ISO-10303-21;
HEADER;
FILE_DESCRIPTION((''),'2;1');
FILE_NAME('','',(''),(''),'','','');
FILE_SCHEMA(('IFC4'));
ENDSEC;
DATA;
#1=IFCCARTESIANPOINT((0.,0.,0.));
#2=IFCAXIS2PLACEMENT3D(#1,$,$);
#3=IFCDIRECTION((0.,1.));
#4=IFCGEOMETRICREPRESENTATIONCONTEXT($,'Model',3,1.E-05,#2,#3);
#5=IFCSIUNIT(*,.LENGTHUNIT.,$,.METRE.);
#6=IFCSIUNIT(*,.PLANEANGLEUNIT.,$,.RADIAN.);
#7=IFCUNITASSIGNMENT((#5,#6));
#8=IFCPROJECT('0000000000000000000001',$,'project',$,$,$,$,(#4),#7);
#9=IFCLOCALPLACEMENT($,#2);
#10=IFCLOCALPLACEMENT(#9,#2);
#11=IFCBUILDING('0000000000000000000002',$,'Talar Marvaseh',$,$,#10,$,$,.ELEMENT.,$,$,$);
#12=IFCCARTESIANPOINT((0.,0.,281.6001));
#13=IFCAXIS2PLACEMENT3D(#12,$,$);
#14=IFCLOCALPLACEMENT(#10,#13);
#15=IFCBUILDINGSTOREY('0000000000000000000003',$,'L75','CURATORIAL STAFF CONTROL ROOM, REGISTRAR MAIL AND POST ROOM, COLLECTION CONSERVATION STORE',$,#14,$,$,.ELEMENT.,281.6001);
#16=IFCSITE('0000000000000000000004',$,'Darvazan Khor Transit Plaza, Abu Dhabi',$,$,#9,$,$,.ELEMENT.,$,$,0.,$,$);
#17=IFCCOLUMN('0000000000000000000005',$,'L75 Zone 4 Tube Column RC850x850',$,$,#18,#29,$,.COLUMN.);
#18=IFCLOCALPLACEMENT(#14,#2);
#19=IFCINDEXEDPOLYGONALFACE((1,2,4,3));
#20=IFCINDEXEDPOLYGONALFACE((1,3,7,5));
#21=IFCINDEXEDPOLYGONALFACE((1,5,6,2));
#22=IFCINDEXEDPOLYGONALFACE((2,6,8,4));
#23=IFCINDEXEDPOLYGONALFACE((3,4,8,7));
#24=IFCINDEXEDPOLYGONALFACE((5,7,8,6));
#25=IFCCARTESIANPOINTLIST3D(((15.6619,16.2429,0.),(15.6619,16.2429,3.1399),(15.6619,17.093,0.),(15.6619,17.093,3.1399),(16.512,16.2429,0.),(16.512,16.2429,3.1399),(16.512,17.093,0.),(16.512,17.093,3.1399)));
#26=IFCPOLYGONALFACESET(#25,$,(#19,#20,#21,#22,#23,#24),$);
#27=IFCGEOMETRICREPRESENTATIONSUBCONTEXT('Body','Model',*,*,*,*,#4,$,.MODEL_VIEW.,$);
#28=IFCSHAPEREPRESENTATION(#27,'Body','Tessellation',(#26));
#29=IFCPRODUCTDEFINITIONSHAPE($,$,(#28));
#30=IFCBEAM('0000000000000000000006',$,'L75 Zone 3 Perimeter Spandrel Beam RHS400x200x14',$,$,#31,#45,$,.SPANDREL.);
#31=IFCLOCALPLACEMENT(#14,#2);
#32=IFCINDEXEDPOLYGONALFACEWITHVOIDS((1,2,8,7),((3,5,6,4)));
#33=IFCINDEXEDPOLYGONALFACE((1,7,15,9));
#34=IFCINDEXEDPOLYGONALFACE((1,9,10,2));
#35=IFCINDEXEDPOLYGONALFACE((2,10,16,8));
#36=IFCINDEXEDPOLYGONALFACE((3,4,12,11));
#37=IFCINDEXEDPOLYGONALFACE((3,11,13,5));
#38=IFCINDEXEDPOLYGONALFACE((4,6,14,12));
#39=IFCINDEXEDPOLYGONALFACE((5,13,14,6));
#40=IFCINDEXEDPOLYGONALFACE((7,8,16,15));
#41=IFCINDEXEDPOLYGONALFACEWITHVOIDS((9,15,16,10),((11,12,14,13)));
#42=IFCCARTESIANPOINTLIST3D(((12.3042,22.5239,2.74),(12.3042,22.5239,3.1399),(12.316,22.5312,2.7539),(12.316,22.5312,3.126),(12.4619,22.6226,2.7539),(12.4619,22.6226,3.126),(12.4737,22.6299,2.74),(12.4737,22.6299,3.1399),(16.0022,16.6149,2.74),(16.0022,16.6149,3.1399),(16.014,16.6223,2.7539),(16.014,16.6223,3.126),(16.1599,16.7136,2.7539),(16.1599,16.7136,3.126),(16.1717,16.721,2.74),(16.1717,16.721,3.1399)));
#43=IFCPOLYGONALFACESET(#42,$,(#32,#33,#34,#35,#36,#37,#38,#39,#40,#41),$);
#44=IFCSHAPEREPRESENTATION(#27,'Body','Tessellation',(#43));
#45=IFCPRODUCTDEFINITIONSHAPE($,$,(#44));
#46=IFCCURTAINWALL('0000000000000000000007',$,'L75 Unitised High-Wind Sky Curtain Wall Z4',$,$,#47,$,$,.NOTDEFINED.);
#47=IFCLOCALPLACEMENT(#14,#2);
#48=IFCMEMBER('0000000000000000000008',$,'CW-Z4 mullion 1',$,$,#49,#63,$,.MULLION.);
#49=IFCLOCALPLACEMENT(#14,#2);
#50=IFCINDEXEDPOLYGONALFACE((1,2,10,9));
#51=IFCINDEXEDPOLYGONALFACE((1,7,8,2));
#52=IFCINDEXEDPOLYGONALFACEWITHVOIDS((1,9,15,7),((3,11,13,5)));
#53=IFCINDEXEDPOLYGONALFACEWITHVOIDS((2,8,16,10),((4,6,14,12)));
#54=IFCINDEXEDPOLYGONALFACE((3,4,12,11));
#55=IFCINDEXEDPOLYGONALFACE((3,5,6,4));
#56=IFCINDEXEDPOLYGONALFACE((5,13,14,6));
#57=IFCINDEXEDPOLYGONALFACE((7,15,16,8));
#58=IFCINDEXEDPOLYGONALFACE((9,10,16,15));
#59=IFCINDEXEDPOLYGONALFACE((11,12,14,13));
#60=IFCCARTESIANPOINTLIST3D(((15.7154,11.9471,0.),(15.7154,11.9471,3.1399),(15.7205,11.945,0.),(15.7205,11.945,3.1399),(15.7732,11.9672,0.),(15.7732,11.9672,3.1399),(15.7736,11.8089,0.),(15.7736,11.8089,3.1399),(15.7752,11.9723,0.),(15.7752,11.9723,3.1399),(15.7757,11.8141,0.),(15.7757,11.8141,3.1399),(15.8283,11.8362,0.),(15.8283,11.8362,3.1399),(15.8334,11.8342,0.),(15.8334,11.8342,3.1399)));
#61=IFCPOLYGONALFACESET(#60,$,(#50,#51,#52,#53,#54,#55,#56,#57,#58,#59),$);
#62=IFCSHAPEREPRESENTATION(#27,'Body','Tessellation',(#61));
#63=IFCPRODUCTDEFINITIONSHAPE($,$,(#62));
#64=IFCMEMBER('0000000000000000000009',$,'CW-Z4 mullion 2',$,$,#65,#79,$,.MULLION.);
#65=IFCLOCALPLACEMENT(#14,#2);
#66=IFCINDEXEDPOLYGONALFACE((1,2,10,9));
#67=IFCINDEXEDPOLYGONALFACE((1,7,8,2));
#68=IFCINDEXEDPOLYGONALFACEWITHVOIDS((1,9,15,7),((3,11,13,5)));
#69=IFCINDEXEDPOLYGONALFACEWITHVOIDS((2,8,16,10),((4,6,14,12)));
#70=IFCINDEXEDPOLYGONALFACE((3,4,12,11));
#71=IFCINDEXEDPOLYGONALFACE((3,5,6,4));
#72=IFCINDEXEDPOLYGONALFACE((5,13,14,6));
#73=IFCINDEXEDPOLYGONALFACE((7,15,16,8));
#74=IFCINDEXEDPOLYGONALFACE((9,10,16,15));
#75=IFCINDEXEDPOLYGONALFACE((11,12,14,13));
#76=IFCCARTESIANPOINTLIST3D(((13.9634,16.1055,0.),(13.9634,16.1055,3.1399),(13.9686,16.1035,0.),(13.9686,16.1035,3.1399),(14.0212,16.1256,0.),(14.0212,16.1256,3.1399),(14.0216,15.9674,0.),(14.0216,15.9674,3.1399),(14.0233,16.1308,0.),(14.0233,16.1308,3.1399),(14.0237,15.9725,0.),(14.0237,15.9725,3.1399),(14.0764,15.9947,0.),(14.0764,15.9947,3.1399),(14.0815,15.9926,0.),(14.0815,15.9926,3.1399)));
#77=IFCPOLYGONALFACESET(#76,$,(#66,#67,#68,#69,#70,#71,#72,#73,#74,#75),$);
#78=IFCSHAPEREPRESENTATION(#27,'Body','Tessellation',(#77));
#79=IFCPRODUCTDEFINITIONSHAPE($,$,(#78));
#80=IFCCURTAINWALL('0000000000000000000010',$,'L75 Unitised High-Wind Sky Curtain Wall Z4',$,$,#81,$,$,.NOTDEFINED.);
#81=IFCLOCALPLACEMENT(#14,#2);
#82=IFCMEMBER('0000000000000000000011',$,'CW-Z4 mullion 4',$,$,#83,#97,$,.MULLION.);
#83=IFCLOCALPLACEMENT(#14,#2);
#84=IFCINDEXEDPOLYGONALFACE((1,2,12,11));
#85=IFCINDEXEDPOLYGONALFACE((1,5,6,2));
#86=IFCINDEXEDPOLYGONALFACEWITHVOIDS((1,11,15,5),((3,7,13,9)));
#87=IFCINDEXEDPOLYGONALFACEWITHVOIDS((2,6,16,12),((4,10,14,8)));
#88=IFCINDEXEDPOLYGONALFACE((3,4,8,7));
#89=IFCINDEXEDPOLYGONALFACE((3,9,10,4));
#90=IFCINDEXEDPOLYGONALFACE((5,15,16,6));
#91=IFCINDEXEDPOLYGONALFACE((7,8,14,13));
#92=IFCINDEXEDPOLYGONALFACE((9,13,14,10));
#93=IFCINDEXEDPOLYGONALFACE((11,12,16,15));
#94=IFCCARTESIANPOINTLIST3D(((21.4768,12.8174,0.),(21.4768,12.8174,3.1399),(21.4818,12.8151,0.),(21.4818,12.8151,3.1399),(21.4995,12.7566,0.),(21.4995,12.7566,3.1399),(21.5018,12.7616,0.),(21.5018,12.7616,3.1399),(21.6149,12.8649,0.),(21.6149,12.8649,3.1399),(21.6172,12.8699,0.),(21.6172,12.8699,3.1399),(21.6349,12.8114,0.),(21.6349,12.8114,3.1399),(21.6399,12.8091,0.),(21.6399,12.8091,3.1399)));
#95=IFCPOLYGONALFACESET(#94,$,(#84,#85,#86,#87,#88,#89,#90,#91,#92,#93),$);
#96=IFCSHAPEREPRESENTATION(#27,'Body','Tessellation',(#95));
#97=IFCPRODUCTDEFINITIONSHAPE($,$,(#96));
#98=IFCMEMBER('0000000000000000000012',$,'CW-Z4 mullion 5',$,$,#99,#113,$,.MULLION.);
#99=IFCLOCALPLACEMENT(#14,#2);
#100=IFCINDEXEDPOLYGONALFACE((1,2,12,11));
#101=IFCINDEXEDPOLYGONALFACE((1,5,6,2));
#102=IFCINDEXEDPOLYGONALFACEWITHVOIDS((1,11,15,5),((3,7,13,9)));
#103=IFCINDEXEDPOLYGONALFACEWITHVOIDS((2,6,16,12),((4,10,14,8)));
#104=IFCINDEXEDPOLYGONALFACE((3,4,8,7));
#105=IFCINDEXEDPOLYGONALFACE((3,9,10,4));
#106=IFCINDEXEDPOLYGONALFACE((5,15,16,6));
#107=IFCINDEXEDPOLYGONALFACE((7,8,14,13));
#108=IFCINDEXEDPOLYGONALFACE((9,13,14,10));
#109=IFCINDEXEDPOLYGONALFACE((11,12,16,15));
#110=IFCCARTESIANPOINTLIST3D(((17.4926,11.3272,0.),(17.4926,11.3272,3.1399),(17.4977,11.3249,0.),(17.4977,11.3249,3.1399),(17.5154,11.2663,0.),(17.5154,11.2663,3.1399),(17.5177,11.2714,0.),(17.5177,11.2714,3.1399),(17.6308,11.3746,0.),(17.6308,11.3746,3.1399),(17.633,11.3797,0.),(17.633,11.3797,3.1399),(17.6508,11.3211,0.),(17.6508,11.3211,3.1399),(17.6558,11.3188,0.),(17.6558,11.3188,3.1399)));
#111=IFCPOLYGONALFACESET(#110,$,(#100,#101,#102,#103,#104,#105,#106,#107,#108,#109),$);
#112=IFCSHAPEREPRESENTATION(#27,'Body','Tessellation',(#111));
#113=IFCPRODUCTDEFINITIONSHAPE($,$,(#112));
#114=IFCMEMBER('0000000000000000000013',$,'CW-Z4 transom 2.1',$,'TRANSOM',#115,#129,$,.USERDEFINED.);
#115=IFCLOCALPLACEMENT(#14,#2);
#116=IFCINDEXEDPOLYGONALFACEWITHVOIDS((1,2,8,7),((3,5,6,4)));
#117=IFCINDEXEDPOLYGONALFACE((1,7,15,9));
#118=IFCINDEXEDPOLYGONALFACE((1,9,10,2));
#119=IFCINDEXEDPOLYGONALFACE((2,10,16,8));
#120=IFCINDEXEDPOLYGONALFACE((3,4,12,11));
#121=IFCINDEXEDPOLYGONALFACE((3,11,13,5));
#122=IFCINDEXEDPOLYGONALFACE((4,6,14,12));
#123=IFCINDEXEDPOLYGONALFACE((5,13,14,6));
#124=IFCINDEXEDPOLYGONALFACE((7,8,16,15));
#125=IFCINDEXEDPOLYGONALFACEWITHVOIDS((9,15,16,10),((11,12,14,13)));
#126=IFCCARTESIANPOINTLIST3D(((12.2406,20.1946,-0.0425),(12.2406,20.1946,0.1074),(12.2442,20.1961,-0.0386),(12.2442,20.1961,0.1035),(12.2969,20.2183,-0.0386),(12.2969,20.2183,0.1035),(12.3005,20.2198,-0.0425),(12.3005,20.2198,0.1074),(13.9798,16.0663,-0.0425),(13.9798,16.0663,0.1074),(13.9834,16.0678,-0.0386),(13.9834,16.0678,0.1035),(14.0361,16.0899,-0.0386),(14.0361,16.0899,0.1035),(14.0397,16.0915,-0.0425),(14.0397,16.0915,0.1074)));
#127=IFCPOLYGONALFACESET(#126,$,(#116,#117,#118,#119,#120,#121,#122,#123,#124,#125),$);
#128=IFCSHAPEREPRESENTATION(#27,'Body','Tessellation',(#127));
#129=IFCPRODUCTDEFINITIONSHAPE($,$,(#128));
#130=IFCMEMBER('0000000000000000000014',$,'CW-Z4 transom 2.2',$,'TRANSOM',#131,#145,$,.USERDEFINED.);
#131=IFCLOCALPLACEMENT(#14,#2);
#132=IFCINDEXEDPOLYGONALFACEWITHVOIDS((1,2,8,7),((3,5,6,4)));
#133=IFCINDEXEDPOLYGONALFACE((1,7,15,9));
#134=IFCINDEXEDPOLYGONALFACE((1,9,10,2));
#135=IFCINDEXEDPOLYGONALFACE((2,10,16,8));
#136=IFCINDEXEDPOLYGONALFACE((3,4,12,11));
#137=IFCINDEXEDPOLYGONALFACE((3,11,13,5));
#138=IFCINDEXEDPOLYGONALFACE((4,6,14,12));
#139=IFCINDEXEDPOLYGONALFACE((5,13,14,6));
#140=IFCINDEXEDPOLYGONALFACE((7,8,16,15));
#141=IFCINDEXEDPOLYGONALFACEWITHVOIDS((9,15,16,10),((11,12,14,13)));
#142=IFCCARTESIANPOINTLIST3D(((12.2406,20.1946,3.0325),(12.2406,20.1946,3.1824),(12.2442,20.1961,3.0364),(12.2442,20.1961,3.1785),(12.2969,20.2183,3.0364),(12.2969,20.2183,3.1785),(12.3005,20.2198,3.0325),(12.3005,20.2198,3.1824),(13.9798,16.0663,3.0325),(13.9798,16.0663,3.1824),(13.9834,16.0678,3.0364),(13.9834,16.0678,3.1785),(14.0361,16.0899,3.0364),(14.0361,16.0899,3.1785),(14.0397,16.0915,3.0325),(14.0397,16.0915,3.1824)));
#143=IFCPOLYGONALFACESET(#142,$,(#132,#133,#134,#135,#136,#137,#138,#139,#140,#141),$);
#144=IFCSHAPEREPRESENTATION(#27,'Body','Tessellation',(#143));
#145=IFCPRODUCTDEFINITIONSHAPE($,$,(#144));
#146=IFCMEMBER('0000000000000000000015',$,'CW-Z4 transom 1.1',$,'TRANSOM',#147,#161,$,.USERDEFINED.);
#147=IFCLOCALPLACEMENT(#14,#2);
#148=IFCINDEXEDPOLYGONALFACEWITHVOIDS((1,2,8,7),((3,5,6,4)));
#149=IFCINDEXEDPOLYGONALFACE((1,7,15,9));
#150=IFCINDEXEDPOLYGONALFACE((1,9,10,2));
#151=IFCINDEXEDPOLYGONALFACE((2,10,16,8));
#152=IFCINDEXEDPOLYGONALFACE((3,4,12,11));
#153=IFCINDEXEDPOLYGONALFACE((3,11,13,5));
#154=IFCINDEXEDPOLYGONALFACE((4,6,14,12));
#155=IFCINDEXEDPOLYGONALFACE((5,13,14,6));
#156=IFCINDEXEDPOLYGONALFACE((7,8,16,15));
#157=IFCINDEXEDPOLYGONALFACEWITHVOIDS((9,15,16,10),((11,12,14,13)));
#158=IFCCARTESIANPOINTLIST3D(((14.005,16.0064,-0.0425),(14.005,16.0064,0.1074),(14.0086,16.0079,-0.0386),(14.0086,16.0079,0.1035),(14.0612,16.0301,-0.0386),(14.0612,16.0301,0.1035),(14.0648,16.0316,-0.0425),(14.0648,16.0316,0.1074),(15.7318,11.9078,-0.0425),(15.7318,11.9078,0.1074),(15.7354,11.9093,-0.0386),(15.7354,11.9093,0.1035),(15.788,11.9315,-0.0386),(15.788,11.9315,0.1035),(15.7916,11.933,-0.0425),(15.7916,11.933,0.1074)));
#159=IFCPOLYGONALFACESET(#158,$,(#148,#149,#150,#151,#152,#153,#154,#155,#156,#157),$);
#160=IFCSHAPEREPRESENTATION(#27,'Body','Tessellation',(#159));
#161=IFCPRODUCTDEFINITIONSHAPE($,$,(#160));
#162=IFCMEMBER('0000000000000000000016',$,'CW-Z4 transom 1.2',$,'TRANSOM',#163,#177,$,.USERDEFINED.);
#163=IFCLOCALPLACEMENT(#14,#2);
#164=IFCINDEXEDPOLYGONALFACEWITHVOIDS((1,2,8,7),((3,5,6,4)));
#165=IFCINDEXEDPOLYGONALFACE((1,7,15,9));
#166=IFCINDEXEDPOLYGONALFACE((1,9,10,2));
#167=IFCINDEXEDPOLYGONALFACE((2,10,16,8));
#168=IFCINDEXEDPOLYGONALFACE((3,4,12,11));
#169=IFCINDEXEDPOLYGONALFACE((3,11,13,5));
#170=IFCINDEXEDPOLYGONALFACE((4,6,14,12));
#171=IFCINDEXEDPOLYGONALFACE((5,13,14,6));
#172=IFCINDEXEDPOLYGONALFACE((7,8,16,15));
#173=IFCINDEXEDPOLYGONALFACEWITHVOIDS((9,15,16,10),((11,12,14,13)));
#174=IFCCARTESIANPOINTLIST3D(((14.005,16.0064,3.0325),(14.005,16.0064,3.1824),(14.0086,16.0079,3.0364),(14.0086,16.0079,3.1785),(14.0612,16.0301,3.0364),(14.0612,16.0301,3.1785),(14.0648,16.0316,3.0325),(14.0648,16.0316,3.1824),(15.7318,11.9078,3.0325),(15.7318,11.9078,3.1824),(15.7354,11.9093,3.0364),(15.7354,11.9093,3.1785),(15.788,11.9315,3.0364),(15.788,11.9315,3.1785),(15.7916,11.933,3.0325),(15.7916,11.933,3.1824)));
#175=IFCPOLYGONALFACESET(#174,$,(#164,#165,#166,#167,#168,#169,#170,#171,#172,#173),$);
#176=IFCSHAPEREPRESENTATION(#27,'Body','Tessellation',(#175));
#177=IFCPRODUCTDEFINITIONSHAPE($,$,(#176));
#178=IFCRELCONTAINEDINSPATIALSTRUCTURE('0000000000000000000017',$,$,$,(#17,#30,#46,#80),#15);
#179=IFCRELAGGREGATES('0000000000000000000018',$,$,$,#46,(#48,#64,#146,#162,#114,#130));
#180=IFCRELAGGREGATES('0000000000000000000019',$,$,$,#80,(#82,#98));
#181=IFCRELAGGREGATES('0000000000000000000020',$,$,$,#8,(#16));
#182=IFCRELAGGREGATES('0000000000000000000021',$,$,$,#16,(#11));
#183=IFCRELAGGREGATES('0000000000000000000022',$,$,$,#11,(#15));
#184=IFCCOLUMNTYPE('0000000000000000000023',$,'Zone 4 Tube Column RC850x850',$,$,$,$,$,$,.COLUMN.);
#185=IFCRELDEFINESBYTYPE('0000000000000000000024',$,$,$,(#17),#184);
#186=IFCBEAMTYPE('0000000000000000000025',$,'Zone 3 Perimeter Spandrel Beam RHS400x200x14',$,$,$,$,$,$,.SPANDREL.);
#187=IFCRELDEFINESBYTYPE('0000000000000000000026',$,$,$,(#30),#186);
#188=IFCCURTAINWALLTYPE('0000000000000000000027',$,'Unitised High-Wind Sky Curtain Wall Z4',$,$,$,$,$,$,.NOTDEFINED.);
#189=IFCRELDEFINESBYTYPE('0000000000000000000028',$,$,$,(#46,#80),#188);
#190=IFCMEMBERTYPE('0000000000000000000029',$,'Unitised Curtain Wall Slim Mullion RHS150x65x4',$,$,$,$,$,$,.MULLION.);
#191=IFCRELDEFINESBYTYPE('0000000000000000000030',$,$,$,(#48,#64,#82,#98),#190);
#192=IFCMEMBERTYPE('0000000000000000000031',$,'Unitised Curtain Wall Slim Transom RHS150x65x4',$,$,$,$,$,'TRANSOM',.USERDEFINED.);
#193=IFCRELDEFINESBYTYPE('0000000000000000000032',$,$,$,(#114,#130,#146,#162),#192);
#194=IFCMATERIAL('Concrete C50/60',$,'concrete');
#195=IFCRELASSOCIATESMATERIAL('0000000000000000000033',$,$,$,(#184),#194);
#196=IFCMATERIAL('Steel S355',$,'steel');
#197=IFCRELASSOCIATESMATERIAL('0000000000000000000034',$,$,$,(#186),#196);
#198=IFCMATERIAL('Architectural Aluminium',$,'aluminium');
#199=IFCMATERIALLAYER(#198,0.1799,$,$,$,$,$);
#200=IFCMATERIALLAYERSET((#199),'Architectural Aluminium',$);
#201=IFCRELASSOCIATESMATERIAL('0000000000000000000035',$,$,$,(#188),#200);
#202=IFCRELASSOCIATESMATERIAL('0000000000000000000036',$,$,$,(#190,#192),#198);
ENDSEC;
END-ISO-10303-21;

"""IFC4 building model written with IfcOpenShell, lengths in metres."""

from ifc_helpers import new_model, si_unit, direction, frame, origin, origin_2d, place, context, subcontext, project, spatial, rectangle, hollow_rectangle, extrude, source, transform, mapped, material, layer, layer_set, material_profile, profile_set, type_object, type_shapes, element, aggregate, save


model = new_model("IFC4")

# Units and contexts
model_context = context("Model", 3, precision=1e-05, world=origin(), true_north=direction((0.0, 1.0)))
body_context = subcontext(model_context, "Body", "Model", "MODEL_VIEW")
ifc_project = project(units=[si_unit("LENGTHUNIT", "METRE"), si_unit("PLANEANGLEUNIT", "RADIAN")], contexts=[model_context])

# Site, building, storey
site_placement = place(None, origin())
site = spatial("IfcSite", under=ifc_project, at=site_placement, Name="Darvazan Khor Transit Plaza, Abu Dhabi", CompositionType="ELEMENT", RefElevation=0.0)
building_placement = place(site_placement, origin())
building = spatial("IfcBuilding", under=site, at=building_placement, Name="Talar Marvaseh", CompositionType="ELEMENT")
storey_placement = place(building_placement, frame((0.0, 0.0, 281.6001)))
storey = spatial("IfcBuildingStorey", under=building, at=storey_placement, Name="L75", Description="CURATORIAL STAFF CONTROL ROOM, REGISTRAR MAIL AND POST ROOM, COLLECTION CONSERVATION STORE", CompositionType="ELEMENT", Elevation=281.6001)

# Column
ifc_material_1 = material(Name="Concrete C50/60", Category="concrete")
ifc_material_profile_1 = material_profile(ifc_material_1, rectangle(XDim=0.8501, YDim=0.8501, at=origin_2d()), Name="RC850x850")
ifc_profile_set_1 = profile_set([ifc_material_profile_1], Name="Concrete C50/60")
column_type = type_object("IfcColumnType", Name="Zone 4 Tube Column RC850x850", PredefinedType="COLUMN", material=ifc_profile_set_1)
column_placement = place(storey_placement, frame((16.0869, 16.668, 0.0), z_axis=(0.0, 0.0, 1.0), x_axis=(1.0, 0.0, 0.0)))
element("IfcColumn", 1, at=column_placement, inside=storey, type_object=column_type, Name="L75 Zone 4 Tube Column RC850x850", PredefinedType="COLUMN", context=body_context, shape_type="SweptSolid", body=[
    extrude(rectangle(XDim=0.8501, YDim=0.8501, at=origin_2d()), origin(), (0.0, 0.0, 1.0), 3.1399),
])

# Beam
ifc_material_2 = material(Name="Steel S355", Category="steel")
ifc_material_profile_2 = material_profile(ifc_material_2, hollow_rectangle(XDim=0.2, YDim=0.3999, WallThickness=0.0139, at=origin_2d()), Name="RHS400x200x14")
ifc_profile_set_2 = profile_set([ifc_material_profile_2], Name="Steel S355")
beam_type = type_object("IfcBeamType", Name="Zone 3 Perimeter Spandrel Beam RHS400x200x14", PredefinedType="SPANDREL", material=ifc_profile_set_2)
beam_placement = place(storey_placement, frame((16.0869, 16.668, 2.9399), z_axis=(-0.530506, 0.847681, 0.0), x_axis=(-0.847681, -0.530506, 0.0)))
element("IfcBeam", 2, at=beam_placement, inside=storey, type_object=beam_type, Name="L75 Zone 3 Perimeter Spandrel Beam RHS400x200x14", PredefinedType="SPANDREL", context=body_context, shape_type="SweptSolid", body=[
    extrude(hollow_rectangle(XDim=0.2, YDim=0.3999, WallThickness=0.0139, at=origin_2d()), origin(), (0.0, 0.0, 1.0), 6.9707),
])

# Curtain walls, members
ifc_material_3 = material(Name="Architectural Aluminium", Category="aluminium")
ifc_layer_1 = layer(ifc_material_3, 0.1799)
ifc_layer_set_1 = layer_set([ifc_layer_1], Name="Architectural Aluminium")
curtain_wall_type = type_object("IfcCurtainWallType", Name="Unitised High-Wind Sky Curtain Wall Z4", PredefinedType="NOTDEFINED", material=ifc_layer_set_1)
curtain_wall_1_placement = place(storey_placement, origin())
curtain_wall_1 = element("IfcCurtainWall", 3, at=curtain_wall_1_placement, inside=storey, type_object=curtain_wall_type, Name="L75 Unitised High-Wind Sky Curtain Wall Z4", PredefinedType="NOTDEFINED")
ifc_material_profile_3 = material_profile(ifc_material_3, hollow_rectangle(XDim=0.0649, YDim=0.1499, WallThickness=0.0039, at=origin_2d()), Name="RHS150x65x4")
ifc_profile_set_3 = profile_set([ifc_material_profile_3], Name="Architectural Aluminium")
member_type_1 = type_object("IfcMemberType", Name="Unitised Curtain Wall Slim Mullion RHS150x65x4", PredefinedType="MULLION", material=ifc_profile_set_3)
shared_shape_1 = source(origin(), body_context, "Body", "SweptSolid", [
    extrude(hollow_rectangle(XDim=0.0649, YDim=0.1499, WallThickness=0.0039, at=origin_2d()), origin(), (0.0, 0.0, 1.0), 3.1399),
])
type_shapes(member_type_1, [shared_shape_1])
member_1_placement = place(storey_placement, frame((15.7744, 11.8906, 0.0), z_axis=(0.0, 0.0, 1.0), x_axis=(-0.921551, -0.388258, 0.0)))
member_1 = element("IfcMember", 4, at=member_1_placement, type_object=member_type_1, Name="CW-Z4 mullion 1", PredefinedType="MULLION", context=body_context, shape_type="MappedRepresentation", body=[
    mapped(shared_shape_1, transform((0.0, 0.0, 0.0), x_axis=(1.0, 0.0, 0.0), y_axis=(0.0, 1.0, 0.0), z_axis=(0.0, 0.0, 1.0), scale=1.0)),
])
member_2_placement = place(storey_placement, frame((14.0225, 16.0491, 0.0), z_axis=(0.0, 0.0, 1.0), x_axis=(-0.921551, -0.388258, 0.0)))
member_2 = element("IfcMember", 5, at=member_2_placement, type_object=member_type_1, Name="CW-Z4 mullion 2", PredefinedType="MULLION", context=body_context, shape_type="MappedRepresentation", body=[
    mapped(shared_shape_1, transform((0.0, 0.0, 0.0), x_axis=(1.0, 0.0, 0.0), y_axis=(0.0, 1.0, 0.0), z_axis=(0.0, 0.0, 1.0), scale=1.0)),
])
curtain_wall_2_placement = place(storey_placement, origin())
curtain_wall_2 = element("IfcCurtainWall", 6, at=curtain_wall_2_placement, inside=storey, type_object=curtain_wall_type, Name="L75 Unitised High-Wind Sky Curtain Wall Z4", PredefinedType="NOTDEFINED")
member_3_placement = place(storey_placement, frame((21.5583, 12.8132, 0.0), z_axis=(0.0, 0.0, 1.0), x_axis=(0.350351, -0.936618, 0.0)))
member_3 = element("IfcMember", 7, at=member_3_placement, type_object=member_type_1, Name="CW-Z4 mullion 4", PredefinedType="MULLION", context=body_context, shape_type="MappedRepresentation", body=[
    mapped(shared_shape_1, transform((0.0, 0.0, 0.0), x_axis=(1.0, 0.0, 0.0), y_axis=(0.0, 1.0, 0.0), z_axis=(0.0, 0.0, 1.0), scale=1.0)),
])
member_4_placement = place(storey_placement, frame((17.5742, 11.323, 0.0), z_axis=(0.0, 0.0, 1.0), x_axis=(0.350351, -0.936618, 0.0)))
member_4 = element("IfcMember", 8, at=member_4_placement, type_object=member_type_1, Name="CW-Z4 mullion 5", PredefinedType="MULLION", context=body_context, shape_type="MappedRepresentation", body=[
    mapped(shared_shape_1, transform((0.0, 0.0, 0.0), x_axis=(1.0, 0.0, 0.0), y_axis=(0.0, 1.0, 0.0), z_axis=(0.0, 0.0, 1.0), scale=1.0)),
])

# Members
ifc_material_profile_4 = material_profile(ifc_material_3, hollow_rectangle(XDim=0.0649, YDim=0.1499, WallThickness=0.0039, at=origin_2d()), Name="RHS150x65x4")
ifc_profile_set_4 = profile_set([ifc_material_profile_4], Name="Architectural Aluminium")
member_type_2 = type_object("IfcMemberType", Name="Unitised Curtain Wall Slim Transom RHS150x65x4", ElementType="TRANSOM", PredefinedType="USERDEFINED", material=ifc_profile_set_4)
shared_shape_2 = source(origin(), body_context, "Body", "SweptSolid", [
    extrude(hollow_rectangle(XDim=0.0649, YDim=0.1499, WallThickness=0.0039, at=origin_2d()), origin(), (0.0, 0.0, 1.0), 4.4797),
])
member_5_placement = place(storey_placement, frame((14.0098, 16.0789, 0.0325), z_axis=(-0.388242, 0.921557, 0.0), x_axis=(-0.921557, -0.388242, 0.0)))
member_5 = element("IfcMember", 9, at=member_5_placement, type_object=member_type_2, Name="CW-Z4 transom 2.1", ObjectType="TRANSOM", PredefinedType="USERDEFINED", context=body_context, shape_type="MappedRepresentation", body=[
    mapped(shared_shape_2, transform((0.0, 0.0, 0.0), x_axis=(1.0, 0.0, 0.0), y_axis=(0.0, 1.0, 0.0), z_axis=(0.0, 0.0, 1.0), scale=1.0)),
])
member_6_placement = place(storey_placement, frame((14.0098, 16.0789, 3.1074), z_axis=(-0.388242, 0.921557, 0.0), x_axis=(-0.921557, -0.388242, 0.0)))
member_6 = element("IfcMember", 10, at=member_6_placement, type_object=member_type_2, Name="CW-Z4 transom 2.2", ObjectType="TRANSOM", PredefinedType="USERDEFINED", context=body_context, shape_type="MappedRepresentation", body=[
    mapped(shared_shape_2, transform((0.0, 0.0, 0.0), x_axis=(1.0, 0.0, 0.0), y_axis=(0.0, 1.0, 0.0), z_axis=(0.0, 0.0, 1.0), scale=1.0)),
])
shared_shape_3 = source(origin(), body_context, "Body", "SweptSolid", [
    extrude(hollow_rectangle(XDim=0.0649, YDim=0.1499, WallThickness=0.0039, at=origin_2d()), origin(), (0.0, 0.0, 1.0), 4.4475),
])
member_7_placement = place(storey_placement, frame((15.7617, 11.9204, 0.0325), z_axis=(-0.388261, 0.92155, 0.0), x_axis=(-0.92155, -0.388261, 0.0)))
member_7 = element("IfcMember", 11, at=member_7_placement, type_object=member_type_2, Name="CW-Z4 transom 1.1", ObjectType="TRANSOM", PredefinedType="USERDEFINED", context=body_context, shape_type="MappedRepresentation", body=[
    mapped(shared_shape_3, transform((0.0, 0.0, 0.0), x_axis=(1.0, 0.0, 0.0), y_axis=(0.0, 1.0, 0.0), z_axis=(0.0, 0.0, 1.0), scale=1.0)),
])
member_8_placement = place(storey_placement, frame((15.7617, 11.9204, 3.1074), z_axis=(-0.388261, 0.92155, 0.0), x_axis=(-0.92155, -0.388261, 0.0)))
member_8 = element("IfcMember", 12, at=member_8_placement, type_object=member_type_2, Name="CW-Z4 transom 1.2", ObjectType="TRANSOM", PredefinedType="USERDEFINED", context=body_context, shape_type="MappedRepresentation", body=[
    mapped(shared_shape_3, transform((0.0, 0.0, 0.0), x_axis=(1.0, 0.0, 0.0), y_axis=(0.0, 1.0, 0.0), z_axis=(0.0, 0.0, 1.0), scale=1.0)),
])

aggregate(curtain_wall_1, [member_1, member_2, member_7, member_8, member_5, member_6])
aggregate(curtain_wall_2, [member_3, member_4])

save(model, "model.ifc")
